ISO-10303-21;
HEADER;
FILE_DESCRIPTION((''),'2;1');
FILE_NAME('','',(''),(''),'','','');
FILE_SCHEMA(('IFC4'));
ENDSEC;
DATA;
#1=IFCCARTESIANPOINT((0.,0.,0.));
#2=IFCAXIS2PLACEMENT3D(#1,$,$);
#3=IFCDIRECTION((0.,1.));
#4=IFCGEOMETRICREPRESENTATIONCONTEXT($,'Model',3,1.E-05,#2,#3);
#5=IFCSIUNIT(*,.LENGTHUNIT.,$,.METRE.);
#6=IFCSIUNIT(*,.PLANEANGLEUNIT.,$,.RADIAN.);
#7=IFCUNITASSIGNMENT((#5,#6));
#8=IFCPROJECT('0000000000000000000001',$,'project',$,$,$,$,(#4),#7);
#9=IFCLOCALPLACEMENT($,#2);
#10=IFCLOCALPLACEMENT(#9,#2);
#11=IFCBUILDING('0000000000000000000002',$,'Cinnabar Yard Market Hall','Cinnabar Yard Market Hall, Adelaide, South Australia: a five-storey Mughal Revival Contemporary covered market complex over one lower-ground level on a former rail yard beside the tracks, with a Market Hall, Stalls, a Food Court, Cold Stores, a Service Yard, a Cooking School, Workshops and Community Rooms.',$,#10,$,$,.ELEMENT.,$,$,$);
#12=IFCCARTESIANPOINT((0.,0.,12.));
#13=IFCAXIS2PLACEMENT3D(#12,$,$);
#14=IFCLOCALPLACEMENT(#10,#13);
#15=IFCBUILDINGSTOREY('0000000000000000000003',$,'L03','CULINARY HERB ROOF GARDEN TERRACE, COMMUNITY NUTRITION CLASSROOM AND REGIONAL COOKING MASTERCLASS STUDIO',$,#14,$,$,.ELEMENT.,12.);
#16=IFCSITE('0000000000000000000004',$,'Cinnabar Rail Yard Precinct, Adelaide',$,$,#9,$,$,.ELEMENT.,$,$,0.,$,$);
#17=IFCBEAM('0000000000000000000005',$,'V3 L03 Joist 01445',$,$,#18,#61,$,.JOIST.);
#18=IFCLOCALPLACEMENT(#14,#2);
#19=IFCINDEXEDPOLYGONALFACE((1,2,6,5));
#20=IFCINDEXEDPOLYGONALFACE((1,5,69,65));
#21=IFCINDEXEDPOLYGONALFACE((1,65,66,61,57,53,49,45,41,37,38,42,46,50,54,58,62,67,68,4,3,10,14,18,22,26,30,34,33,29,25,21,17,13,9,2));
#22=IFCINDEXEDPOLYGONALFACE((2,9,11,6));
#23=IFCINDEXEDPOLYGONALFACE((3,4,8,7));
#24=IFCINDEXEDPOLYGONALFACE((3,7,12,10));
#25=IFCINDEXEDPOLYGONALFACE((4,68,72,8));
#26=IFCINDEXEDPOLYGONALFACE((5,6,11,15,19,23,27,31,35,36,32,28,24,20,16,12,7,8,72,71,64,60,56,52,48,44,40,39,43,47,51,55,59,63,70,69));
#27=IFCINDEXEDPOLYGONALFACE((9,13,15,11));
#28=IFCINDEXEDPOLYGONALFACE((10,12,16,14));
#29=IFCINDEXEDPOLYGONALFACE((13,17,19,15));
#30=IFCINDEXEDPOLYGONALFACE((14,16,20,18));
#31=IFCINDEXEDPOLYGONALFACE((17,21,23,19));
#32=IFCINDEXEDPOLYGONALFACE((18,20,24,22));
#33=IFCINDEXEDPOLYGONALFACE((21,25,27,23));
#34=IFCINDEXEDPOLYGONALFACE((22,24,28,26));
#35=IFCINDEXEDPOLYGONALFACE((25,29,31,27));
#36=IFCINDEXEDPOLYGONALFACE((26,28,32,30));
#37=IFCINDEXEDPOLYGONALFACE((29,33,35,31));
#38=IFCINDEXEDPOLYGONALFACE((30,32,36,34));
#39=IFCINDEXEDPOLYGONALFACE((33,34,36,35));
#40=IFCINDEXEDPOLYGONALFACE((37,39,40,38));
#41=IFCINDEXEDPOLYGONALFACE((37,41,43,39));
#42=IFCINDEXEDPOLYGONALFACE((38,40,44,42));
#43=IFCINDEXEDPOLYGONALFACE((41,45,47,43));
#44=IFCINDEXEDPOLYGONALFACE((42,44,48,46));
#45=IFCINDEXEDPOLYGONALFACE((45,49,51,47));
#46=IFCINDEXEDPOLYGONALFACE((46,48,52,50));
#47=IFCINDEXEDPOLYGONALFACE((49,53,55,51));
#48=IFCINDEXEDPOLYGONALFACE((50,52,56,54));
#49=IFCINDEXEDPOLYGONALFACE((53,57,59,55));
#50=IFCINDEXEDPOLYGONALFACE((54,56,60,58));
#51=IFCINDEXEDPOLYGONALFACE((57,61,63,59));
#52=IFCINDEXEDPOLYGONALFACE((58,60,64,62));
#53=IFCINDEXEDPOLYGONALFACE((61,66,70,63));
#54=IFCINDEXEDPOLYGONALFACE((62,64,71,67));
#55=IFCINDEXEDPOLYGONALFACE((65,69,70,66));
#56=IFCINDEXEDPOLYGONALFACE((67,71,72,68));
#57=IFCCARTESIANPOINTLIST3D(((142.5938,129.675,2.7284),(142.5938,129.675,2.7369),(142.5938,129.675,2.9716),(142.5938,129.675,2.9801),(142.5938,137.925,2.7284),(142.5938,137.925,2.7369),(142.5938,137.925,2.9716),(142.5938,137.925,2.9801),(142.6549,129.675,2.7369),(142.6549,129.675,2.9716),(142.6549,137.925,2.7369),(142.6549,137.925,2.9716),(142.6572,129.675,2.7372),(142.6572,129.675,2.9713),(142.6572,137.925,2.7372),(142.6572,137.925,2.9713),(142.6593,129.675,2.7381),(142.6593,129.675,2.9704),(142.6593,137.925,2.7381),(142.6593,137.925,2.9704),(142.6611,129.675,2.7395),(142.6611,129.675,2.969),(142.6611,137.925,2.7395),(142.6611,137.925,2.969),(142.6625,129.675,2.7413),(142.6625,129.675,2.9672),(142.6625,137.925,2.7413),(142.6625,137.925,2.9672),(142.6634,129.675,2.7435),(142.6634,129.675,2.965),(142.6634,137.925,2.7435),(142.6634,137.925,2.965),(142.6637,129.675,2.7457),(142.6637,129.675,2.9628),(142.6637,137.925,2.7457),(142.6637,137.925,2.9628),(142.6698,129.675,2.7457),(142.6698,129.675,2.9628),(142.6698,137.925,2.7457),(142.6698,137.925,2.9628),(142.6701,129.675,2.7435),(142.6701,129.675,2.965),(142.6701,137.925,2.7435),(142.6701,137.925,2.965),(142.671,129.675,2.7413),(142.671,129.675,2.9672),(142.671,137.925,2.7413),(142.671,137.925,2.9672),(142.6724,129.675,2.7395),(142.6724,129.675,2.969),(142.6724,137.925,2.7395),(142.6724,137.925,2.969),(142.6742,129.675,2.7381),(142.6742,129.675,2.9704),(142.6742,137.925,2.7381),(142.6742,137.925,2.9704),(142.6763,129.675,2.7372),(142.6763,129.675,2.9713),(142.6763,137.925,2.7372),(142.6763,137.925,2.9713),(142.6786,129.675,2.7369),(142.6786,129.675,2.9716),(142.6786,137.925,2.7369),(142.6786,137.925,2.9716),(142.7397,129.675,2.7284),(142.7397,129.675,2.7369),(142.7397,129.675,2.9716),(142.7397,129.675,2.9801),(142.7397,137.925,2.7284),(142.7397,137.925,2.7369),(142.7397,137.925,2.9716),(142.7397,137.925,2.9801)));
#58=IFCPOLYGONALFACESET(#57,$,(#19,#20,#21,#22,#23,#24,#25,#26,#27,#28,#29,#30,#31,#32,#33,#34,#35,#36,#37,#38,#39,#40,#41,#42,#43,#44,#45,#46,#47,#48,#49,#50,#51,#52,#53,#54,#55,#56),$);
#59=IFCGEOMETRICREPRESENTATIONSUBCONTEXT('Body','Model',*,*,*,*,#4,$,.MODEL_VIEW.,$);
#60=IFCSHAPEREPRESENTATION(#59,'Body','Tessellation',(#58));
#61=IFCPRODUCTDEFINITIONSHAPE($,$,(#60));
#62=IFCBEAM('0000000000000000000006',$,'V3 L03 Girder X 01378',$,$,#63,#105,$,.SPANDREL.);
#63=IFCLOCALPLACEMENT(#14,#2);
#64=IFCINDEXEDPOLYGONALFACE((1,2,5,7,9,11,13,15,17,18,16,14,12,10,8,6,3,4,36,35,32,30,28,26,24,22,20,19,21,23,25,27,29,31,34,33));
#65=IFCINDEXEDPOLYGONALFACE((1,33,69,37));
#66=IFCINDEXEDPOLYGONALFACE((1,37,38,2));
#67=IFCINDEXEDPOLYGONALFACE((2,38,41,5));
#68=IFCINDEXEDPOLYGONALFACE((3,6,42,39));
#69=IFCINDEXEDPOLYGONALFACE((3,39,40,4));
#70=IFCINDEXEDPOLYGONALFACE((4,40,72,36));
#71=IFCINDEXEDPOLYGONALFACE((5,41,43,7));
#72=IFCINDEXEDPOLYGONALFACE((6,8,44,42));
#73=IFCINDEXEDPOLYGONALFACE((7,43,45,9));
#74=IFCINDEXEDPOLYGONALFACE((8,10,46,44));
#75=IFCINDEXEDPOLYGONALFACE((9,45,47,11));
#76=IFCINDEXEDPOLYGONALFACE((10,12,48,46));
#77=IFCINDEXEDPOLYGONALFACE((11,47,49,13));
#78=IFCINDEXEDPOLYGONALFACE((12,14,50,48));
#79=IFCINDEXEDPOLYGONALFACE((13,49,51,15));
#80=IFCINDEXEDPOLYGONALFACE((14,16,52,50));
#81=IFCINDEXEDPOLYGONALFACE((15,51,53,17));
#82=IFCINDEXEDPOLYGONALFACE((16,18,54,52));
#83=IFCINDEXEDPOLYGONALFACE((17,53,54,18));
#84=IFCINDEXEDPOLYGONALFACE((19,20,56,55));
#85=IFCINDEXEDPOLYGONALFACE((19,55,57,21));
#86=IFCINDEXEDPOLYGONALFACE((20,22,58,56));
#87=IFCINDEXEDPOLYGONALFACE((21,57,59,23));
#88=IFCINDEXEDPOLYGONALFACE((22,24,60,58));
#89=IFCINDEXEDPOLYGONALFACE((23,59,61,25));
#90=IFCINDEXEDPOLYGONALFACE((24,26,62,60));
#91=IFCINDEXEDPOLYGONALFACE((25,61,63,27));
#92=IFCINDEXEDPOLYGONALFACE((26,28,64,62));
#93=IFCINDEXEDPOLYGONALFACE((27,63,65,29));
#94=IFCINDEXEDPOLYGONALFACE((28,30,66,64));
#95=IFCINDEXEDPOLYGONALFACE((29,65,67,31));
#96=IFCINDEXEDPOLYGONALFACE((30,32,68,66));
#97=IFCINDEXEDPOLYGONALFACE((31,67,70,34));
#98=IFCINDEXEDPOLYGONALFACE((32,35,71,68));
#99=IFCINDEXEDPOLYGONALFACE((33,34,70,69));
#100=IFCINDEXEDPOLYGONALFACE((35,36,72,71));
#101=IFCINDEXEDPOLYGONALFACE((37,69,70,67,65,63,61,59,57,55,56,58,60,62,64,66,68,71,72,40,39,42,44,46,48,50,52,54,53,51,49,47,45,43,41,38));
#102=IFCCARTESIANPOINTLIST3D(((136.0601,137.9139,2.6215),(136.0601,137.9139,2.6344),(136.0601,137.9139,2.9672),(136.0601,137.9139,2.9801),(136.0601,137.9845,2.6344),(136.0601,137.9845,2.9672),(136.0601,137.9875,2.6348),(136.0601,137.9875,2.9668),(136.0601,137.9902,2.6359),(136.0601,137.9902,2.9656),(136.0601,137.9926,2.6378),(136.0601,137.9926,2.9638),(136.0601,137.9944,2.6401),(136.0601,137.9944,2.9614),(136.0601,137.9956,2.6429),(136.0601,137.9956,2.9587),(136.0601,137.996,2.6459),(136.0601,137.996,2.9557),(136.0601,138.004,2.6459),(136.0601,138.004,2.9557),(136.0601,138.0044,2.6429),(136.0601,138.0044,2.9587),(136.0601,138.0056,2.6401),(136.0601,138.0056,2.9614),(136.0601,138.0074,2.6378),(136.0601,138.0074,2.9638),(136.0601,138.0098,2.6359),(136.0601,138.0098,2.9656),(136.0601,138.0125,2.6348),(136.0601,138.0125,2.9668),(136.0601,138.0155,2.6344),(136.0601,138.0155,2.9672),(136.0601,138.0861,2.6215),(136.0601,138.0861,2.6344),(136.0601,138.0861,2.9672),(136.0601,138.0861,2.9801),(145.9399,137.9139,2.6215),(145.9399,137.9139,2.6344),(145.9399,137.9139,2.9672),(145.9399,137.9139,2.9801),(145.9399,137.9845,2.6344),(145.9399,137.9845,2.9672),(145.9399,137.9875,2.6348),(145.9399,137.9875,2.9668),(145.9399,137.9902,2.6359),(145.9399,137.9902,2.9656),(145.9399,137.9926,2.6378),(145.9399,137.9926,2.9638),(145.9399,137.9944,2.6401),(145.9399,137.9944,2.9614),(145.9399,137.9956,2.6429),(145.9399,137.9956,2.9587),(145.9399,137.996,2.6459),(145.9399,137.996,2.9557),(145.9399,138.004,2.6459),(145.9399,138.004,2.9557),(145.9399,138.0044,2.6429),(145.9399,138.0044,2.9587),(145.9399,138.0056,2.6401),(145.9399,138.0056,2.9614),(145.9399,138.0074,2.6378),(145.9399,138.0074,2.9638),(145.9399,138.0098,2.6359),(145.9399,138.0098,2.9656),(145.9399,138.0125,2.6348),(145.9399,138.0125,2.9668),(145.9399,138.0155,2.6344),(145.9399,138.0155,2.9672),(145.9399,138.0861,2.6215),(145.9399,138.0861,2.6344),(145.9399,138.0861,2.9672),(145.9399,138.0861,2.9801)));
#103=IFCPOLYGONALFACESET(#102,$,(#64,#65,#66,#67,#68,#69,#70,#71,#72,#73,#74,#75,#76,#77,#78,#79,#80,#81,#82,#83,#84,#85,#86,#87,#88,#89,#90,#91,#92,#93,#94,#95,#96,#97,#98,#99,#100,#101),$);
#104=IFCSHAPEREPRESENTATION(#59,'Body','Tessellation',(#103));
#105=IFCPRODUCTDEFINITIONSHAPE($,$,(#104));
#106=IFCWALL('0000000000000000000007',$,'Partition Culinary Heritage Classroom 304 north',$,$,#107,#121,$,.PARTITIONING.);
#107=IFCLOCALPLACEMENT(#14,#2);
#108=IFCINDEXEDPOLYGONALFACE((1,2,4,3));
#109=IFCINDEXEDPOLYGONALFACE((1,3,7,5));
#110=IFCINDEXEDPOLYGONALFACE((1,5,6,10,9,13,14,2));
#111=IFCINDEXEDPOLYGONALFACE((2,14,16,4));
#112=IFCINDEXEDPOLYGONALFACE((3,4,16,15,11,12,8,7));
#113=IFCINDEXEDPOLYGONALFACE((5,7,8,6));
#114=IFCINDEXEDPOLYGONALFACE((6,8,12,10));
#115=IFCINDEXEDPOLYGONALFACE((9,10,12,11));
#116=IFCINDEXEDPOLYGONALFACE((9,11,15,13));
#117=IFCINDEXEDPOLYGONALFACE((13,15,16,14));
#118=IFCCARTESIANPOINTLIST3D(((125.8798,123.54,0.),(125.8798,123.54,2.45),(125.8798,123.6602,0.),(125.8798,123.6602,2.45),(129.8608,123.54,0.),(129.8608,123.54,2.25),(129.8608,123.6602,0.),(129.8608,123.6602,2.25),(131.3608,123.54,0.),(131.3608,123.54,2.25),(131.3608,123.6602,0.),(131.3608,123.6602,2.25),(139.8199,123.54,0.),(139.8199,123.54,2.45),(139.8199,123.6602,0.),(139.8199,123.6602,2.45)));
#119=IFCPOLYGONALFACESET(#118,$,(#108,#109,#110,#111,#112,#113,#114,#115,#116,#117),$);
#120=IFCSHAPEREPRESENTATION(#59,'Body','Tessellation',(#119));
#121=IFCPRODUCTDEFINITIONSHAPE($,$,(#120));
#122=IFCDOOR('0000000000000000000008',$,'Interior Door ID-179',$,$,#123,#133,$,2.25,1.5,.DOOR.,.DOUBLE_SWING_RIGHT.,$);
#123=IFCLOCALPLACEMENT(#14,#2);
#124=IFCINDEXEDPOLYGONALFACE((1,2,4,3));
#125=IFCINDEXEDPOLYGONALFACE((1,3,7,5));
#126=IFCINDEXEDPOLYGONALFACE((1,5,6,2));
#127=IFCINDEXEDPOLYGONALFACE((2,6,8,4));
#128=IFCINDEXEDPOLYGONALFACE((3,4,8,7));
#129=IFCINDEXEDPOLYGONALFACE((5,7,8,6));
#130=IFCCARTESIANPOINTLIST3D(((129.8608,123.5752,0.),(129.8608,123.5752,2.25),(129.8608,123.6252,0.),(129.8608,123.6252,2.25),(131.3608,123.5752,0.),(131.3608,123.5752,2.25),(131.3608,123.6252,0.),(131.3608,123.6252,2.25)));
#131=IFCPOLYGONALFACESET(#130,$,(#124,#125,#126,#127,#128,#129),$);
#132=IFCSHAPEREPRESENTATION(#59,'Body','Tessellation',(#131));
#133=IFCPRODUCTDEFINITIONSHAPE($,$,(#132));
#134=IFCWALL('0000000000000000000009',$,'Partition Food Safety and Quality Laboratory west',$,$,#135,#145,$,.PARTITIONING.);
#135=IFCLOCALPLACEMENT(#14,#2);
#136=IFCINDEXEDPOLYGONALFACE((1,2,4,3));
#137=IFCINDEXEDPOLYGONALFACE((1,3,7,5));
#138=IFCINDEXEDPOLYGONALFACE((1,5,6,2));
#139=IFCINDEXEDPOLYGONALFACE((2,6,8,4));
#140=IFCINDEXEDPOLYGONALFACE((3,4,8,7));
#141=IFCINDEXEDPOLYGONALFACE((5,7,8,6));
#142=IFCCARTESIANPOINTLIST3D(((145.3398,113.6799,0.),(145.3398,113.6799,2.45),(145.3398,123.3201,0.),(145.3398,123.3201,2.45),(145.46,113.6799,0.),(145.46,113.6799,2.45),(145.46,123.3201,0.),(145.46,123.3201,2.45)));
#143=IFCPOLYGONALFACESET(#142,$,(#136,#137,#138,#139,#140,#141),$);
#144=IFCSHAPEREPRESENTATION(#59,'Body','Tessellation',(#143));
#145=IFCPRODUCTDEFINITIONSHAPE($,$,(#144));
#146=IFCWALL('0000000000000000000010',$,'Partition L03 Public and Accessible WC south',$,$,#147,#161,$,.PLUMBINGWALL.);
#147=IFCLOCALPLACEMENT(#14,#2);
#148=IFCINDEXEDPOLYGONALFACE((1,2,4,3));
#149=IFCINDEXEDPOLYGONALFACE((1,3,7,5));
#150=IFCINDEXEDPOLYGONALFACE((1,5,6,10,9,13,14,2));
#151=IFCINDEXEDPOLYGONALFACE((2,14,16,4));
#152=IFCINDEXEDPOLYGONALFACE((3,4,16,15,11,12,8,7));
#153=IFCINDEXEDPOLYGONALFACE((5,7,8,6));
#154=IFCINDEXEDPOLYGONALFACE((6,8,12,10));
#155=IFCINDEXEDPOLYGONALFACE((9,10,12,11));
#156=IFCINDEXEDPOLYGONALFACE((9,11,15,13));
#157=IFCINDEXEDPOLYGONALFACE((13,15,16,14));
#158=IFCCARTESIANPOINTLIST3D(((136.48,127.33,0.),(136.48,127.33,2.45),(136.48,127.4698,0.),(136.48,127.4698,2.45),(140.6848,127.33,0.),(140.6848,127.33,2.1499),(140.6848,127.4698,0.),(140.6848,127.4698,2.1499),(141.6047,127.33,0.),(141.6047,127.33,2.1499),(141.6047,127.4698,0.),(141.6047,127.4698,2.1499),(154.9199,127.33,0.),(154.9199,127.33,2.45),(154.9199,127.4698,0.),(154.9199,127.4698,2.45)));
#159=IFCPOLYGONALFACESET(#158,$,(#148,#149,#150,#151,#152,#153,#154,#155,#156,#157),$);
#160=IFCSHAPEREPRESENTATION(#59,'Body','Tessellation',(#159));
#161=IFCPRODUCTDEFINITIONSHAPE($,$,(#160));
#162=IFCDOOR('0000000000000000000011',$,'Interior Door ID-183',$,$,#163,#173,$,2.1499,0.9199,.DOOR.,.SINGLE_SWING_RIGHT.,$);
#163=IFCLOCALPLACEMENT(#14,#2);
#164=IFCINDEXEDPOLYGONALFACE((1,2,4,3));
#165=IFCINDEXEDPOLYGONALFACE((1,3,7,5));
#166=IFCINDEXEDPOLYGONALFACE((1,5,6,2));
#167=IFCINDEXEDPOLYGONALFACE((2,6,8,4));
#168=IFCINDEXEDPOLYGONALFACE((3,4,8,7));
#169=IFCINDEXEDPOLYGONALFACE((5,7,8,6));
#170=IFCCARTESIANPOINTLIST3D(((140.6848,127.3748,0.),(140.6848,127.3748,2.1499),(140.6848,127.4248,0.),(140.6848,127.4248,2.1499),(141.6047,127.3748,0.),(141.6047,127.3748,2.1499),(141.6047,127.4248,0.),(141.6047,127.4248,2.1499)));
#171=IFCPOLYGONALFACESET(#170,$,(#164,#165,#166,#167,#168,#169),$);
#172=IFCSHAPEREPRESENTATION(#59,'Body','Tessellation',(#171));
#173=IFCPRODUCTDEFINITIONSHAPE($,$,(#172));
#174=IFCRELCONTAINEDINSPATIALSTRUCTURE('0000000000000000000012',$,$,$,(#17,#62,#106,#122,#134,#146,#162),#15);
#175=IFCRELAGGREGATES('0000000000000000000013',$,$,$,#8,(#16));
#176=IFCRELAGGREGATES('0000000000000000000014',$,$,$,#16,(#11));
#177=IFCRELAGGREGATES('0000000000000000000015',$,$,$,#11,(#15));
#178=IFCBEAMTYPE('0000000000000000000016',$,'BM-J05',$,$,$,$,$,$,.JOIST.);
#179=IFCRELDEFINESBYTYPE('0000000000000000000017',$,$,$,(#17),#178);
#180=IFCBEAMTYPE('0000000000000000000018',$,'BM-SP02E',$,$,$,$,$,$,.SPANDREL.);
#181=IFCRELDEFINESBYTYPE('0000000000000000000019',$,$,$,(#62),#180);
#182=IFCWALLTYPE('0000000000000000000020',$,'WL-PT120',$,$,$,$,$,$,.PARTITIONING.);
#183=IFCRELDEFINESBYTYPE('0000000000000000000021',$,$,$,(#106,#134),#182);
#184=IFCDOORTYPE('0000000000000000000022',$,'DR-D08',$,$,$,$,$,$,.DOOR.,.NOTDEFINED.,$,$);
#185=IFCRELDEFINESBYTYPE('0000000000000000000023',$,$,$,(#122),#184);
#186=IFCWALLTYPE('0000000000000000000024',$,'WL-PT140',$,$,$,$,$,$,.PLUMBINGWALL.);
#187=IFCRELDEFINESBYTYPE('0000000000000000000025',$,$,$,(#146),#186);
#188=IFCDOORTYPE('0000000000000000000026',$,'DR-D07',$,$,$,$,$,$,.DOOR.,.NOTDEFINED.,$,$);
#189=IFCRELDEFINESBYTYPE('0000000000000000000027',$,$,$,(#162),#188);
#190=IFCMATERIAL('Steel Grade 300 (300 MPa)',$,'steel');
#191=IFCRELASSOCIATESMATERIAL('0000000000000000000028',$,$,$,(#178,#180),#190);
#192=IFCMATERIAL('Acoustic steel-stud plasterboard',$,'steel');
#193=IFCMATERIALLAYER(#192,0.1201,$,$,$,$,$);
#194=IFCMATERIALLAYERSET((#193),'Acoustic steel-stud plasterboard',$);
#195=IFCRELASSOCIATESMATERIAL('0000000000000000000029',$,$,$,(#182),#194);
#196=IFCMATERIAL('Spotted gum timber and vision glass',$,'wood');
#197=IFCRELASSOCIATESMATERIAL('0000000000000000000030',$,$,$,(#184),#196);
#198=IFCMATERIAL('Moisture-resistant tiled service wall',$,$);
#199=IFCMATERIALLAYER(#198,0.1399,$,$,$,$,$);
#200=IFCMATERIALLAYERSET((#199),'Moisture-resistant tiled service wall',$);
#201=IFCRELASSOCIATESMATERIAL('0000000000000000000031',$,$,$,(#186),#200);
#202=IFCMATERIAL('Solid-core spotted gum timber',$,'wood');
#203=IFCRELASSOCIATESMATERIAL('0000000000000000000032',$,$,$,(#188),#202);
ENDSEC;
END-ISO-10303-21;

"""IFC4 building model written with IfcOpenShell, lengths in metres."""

from ifc_helpers import new_model, si_unit, direction, frame, frame_2d, origin, origin_2d_with_axis, place, context, subcontext, project, spatial, rectangle, i_section, extrude, material, layer, layer_set, material_profile, profile_set, type_object, element, fill, save


model = new_model("IFC4")

# Units and contexts
model_context = context("Model", 3, precision=1e-05, world=origin(), true_north=direction((0.0, 1.0)))
body_context = subcontext(model_context, "Body", "Model", "MODEL_VIEW")
ifc_project = project(units=[si_unit("LENGTHUNIT", "METRE"), si_unit("PLANEANGLEUNIT", "RADIAN")], contexts=[model_context])

# Site, building, storey
site_placement = place(None, origin())
site = spatial("IfcSite", under=ifc_project, at=site_placement, Name="Cinnabar Rail Yard Precinct, Adelaide", CompositionType="ELEMENT", RefElevation=0.0)
building_placement = place(site_placement, origin())
building = spatial("IfcBuilding", under=site, at=building_placement, Name="Cinnabar Yard Market Hall", Description="Cinnabar Yard Market Hall, Adelaide, South Australia: a five-storey Mughal Revival Contemporary covered market complex over one lower-ground level on a former rail yard beside the tracks, with a Market Hall, Stalls, a Food Court, Cold Stores, a Service Yard, a Cooking School, Workshops and Community Rooms.", CompositionType="ELEMENT")
storey_placement = place(building_placement, frame((0.0, 0.0, 12.0)))
storey = spatial("IfcBuildingStorey", under=building, at=storey_placement, Name="L03", Description="CULINARY HERB ROOF GARDEN TERRACE, COMMUNITY NUTRITION CLASSROOM AND REGIONAL COOKING MASTERCLASS STUDIO", CompositionType="ELEMENT", Elevation=12.0)

# Shared definitions
ifc_material_1 = material(Name="Steel Grade 300 (300 MPa)", Category="steel")

# Beams
ifc_material_profile_1 = material_profile(ifc_material_1, i_section(OverallWidth=0.146, OverallDepth=0.2517, WebThickness=0.0061, FlangeThickness=0.0085, FilletRadius=0.0088, at=origin_2d_with_axis()), Name="250UB31.4")
ifc_profile_set_1 = profile_set([ifc_material_profile_1], Name="Steel Grade 300 (300 MPa)")
beam_type_1 = type_object("IfcBeamType", Name="BM-J05", PredefinedType="JOIST", material=ifc_profile_set_1)
for number, where, z_axis, x_axis, name in (
    (1, (142.6667, 129.675, 2.8542), (0.0, 1.0, 0.0), (-1.0, 0.0, 0.0), "V3 L03 Joist 01445"),
):
    element("IfcBeam", number, at=place(storey_placement, frame(where, z_axis=z_axis, x_axis=x_axis)), inside=storey, type_object=beam_type_1, Name=name, PredefinedType="JOIST", context=body_context, shape_type="SweptSolid", body=[
        extrude(i_section(OverallWidth=0.146, OverallDepth=0.2517, WebThickness=0.0061, FlangeThickness=0.0085, FilletRadius=0.0088, at=origin_2d_with_axis()), origin(), (0.0, 0.0, 1.0), 8.25),
    ])
ifc_material_profile_2 = material_profile(ifc_material_1, i_section(OverallWidth=0.1721, OverallDepth=0.3586, WebThickness=0.0081, FlangeThickness=0.0129, FilletRadius=0.0115, at=origin_2d_with_axis()), Name="360UB56.7")
ifc_profile_set_2 = profile_set([ifc_material_profile_2], Name="Steel Grade 300 (300 MPa)")
beam_type_2 = type_object("IfcBeamType", Name="BM-SP02E", PredefinedType="SPANDREL", material=ifc_profile_set_2)
beam_1_placement = place(storey_placement, frame((136.0601, 138.0, 2.8008), z_axis=(1.0, 0.0, 0.0), x_axis=(0.0, 1.0, 0.0)))
element("IfcBeam", 2, at=beam_1_placement, inside=storey, type_object=beam_type_2, Name="V3 L03 Girder X 01378", PredefinedType="SPANDREL", context=body_context, shape_type="SweptSolid", body=[
    extrude(i_section(OverallWidth=0.1721, OverallDepth=0.3586, WebThickness=0.0081, FlangeThickness=0.0129, FilletRadius=0.0115, at=origin_2d_with_axis()), origin(), (0.0, 0.0, 1.0), 9.8799),
])

# Wall, opening, door
ifc_material_2 = material(Name="Acoustic steel-stud plasterboard", Category="steel")
ifc_layer_1 = layer(ifc_material_2, 0.1201)
ifc_layer_set_1 = layer_set([ifc_layer_1], Name="Acoustic steel-stud plasterboard")
wall_type_1 = type_object("IfcWallType", Name="WL-PT120", PredefinedType="PARTITIONING", material=ifc_layer_set_1)
wall_1_placement = place(storey_placement, frame((139.8201, 123.6001, 0.0), z_axis=(0.0, 0.0, 1.0), x_axis=(-1.0, 0.0, 0.0)))
wall_1 = element("IfcWall", 3, at=wall_1_placement, inside=storey, type_object=wall_type_1, Name="Partition Culinary Heritage Classroom 304 north", PredefinedType="PARTITIONING", context=body_context, shape_type="SweptSolid", body=[
    extrude(rectangle(XDim=13.9402, YDim=0.1201, at=frame_2d((6.9702, 0.0), x_axis=(1.0, 0.0))), origin(), (0.0, 0.0, 1.0), 2.45),
])
opening_1_placement = place(wall_1_placement, frame((8.4592, 0.0, 0.0)))
opening_1 = element("IfcOpeningElement", 4, at=opening_1_placement, cuts=wall_1, PredefinedType="OPENING", context=body_context, shape_type="SweptSolid", body=[
    extrude(rectangle(XDim=1.5, YDim=2.25, at=frame_2d((0.75, 1.125), x_axis=(1.0, 0.0))), frame((0.0, 0.0701, 0.0), z_axis=(0.0, -1.0, 0.0), x_axis=(1.0, 0.0, 0.0)), (0.0, 0.0, 1.0), 0.1401),
])
ifc_material_3 = material(Name="Spotted gum timber and vision glass", Category="wood")
door_type_1 = type_object("IfcDoorType", Name="DR-D08", OperationType="NOTDEFINED", PredefinedType="DOOR", material=ifc_material_3)
door_1_placement = place(opening_1_placement, origin())
door_1 = element("IfcDoor", 5, at=door_1_placement, inside=storey, type_object=door_type_1, Name="Interior Door ID-179", OperationType="DOUBLE_SWING_RIGHT", OverallHeight=2.25, OverallWidth=1.5, PredefinedType="DOOR", context=body_context, shape_type="SweptSolid", body=[
    extrude(rectangle(XDim=1.5, YDim=2.25, at=frame_2d((0.75, 1.125), x_axis=(1.0, 0.0))), frame((0.0, 0.0249, 0.0), z_axis=(0.0, -1.0, 0.0), x_axis=(1.0, 0.0, 0.0)), (0.0, 0.0, 1.0), 0.05),
])
fill(opening_1, door_1)

# Wall
wall_2_placement = place(storey_placement, frame((145.3999, 123.3201, 0.0), z_axis=(0.0, 0.0, 1.0), x_axis=(0.0, -1.0, 0.0)))
element("IfcWall", 6, at=wall_2_placement, inside=storey, type_object=wall_type_1, Name="Partition Food Safety and Quality Laboratory west", PredefinedType="PARTITIONING", context=body_context, shape_type="SweptSolid", body=[
    extrude(rectangle(XDim=9.6401, YDim=0.1201, at=frame_2d((4.8201, 0.0), x_axis=(1.0, 0.0))), origin(), (0.0, 0.0, 1.0), 2.45),
])

# Wall, opening, door
ifc_material_4 = material(Name="Moisture-resistant tiled service wall")
ifc_layer_2 = layer(ifc_material_4, 0.1399)
ifc_layer_set_2 = layer_set([ifc_layer_2], Name="Moisture-resistant tiled service wall")
wall_type_2 = type_object("IfcWallType", Name="WL-PT140", PredefinedType="PLUMBINGWALL", material=ifc_layer_set_2)
wall_3_placement = place(storey_placement, frame((136.48, 127.3999, 0.0), z_axis=(0.0, 0.0, 1.0), x_axis=(1.0, 0.0, 0.0)))
wall_3 = element("IfcWall", 7, at=wall_3_placement, inside=storey, type_object=wall_type_2, Name="Partition L03 Public and Accessible WC south", PredefinedType="PLUMBINGWALL", context=body_context, shape_type="SweptSolid", body=[
    extrude(rectangle(XDim=18.4399, YDim=0.1399, at=frame_2d((9.22, 0.0), x_axis=(1.0, 0.0))), origin(), (0.0, 0.0, 1.0), 2.45),
])
opening_2_placement = place(wall_3_placement, frame((4.2048, 0.0, 0.0)))
opening_2 = element("IfcOpeningElement", 8, at=opening_2_placement, cuts=wall_3, PredefinedType="OPENING", context=body_context, shape_type="SweptSolid", body=[
    extrude(rectangle(XDim=0.9199, YDim=2.1499, at=frame_2d((0.46, 1.075), x_axis=(1.0, 0.0))), frame((0.0, 0.0798, 0.0), z_axis=(0.0, -1.0, 0.0), x_axis=(1.0, 0.0, 0.0)), (0.0, 0.0, 1.0), 0.1599),
])
ifc_material_5 = material(Name="Solid-core spotted gum timber", Category="wood")
door_type_2 = type_object("IfcDoorType", Name="DR-D07", OperationType="NOTDEFINED", PredefinedType="DOOR", material=ifc_material_5)
door_2_placement = place(opening_2_placement, origin())
door_2 = element("IfcDoor", 9, at=door_2_placement, inside=storey, type_object=door_type_2, Name="Interior Door ID-183", OperationType="SINGLE_SWING_RIGHT", OverallHeight=2.1499, OverallWidth=0.9199, PredefinedType="DOOR", context=body_context, shape_type="SweptSolid", body=[
    extrude(rectangle(XDim=0.9199, YDim=2.1499, at=frame_2d((0.46, 1.075), x_axis=(1.0, 0.0))), frame((0.0, 0.0249, 0.0), z_axis=(0.0, -1.0, 0.0), x_axis=(1.0, 0.0, 0.0)), (0.0, 0.0, 1.0), 0.05),
])
fill(opening_2, door_2)

save(model, "model.ifc")
